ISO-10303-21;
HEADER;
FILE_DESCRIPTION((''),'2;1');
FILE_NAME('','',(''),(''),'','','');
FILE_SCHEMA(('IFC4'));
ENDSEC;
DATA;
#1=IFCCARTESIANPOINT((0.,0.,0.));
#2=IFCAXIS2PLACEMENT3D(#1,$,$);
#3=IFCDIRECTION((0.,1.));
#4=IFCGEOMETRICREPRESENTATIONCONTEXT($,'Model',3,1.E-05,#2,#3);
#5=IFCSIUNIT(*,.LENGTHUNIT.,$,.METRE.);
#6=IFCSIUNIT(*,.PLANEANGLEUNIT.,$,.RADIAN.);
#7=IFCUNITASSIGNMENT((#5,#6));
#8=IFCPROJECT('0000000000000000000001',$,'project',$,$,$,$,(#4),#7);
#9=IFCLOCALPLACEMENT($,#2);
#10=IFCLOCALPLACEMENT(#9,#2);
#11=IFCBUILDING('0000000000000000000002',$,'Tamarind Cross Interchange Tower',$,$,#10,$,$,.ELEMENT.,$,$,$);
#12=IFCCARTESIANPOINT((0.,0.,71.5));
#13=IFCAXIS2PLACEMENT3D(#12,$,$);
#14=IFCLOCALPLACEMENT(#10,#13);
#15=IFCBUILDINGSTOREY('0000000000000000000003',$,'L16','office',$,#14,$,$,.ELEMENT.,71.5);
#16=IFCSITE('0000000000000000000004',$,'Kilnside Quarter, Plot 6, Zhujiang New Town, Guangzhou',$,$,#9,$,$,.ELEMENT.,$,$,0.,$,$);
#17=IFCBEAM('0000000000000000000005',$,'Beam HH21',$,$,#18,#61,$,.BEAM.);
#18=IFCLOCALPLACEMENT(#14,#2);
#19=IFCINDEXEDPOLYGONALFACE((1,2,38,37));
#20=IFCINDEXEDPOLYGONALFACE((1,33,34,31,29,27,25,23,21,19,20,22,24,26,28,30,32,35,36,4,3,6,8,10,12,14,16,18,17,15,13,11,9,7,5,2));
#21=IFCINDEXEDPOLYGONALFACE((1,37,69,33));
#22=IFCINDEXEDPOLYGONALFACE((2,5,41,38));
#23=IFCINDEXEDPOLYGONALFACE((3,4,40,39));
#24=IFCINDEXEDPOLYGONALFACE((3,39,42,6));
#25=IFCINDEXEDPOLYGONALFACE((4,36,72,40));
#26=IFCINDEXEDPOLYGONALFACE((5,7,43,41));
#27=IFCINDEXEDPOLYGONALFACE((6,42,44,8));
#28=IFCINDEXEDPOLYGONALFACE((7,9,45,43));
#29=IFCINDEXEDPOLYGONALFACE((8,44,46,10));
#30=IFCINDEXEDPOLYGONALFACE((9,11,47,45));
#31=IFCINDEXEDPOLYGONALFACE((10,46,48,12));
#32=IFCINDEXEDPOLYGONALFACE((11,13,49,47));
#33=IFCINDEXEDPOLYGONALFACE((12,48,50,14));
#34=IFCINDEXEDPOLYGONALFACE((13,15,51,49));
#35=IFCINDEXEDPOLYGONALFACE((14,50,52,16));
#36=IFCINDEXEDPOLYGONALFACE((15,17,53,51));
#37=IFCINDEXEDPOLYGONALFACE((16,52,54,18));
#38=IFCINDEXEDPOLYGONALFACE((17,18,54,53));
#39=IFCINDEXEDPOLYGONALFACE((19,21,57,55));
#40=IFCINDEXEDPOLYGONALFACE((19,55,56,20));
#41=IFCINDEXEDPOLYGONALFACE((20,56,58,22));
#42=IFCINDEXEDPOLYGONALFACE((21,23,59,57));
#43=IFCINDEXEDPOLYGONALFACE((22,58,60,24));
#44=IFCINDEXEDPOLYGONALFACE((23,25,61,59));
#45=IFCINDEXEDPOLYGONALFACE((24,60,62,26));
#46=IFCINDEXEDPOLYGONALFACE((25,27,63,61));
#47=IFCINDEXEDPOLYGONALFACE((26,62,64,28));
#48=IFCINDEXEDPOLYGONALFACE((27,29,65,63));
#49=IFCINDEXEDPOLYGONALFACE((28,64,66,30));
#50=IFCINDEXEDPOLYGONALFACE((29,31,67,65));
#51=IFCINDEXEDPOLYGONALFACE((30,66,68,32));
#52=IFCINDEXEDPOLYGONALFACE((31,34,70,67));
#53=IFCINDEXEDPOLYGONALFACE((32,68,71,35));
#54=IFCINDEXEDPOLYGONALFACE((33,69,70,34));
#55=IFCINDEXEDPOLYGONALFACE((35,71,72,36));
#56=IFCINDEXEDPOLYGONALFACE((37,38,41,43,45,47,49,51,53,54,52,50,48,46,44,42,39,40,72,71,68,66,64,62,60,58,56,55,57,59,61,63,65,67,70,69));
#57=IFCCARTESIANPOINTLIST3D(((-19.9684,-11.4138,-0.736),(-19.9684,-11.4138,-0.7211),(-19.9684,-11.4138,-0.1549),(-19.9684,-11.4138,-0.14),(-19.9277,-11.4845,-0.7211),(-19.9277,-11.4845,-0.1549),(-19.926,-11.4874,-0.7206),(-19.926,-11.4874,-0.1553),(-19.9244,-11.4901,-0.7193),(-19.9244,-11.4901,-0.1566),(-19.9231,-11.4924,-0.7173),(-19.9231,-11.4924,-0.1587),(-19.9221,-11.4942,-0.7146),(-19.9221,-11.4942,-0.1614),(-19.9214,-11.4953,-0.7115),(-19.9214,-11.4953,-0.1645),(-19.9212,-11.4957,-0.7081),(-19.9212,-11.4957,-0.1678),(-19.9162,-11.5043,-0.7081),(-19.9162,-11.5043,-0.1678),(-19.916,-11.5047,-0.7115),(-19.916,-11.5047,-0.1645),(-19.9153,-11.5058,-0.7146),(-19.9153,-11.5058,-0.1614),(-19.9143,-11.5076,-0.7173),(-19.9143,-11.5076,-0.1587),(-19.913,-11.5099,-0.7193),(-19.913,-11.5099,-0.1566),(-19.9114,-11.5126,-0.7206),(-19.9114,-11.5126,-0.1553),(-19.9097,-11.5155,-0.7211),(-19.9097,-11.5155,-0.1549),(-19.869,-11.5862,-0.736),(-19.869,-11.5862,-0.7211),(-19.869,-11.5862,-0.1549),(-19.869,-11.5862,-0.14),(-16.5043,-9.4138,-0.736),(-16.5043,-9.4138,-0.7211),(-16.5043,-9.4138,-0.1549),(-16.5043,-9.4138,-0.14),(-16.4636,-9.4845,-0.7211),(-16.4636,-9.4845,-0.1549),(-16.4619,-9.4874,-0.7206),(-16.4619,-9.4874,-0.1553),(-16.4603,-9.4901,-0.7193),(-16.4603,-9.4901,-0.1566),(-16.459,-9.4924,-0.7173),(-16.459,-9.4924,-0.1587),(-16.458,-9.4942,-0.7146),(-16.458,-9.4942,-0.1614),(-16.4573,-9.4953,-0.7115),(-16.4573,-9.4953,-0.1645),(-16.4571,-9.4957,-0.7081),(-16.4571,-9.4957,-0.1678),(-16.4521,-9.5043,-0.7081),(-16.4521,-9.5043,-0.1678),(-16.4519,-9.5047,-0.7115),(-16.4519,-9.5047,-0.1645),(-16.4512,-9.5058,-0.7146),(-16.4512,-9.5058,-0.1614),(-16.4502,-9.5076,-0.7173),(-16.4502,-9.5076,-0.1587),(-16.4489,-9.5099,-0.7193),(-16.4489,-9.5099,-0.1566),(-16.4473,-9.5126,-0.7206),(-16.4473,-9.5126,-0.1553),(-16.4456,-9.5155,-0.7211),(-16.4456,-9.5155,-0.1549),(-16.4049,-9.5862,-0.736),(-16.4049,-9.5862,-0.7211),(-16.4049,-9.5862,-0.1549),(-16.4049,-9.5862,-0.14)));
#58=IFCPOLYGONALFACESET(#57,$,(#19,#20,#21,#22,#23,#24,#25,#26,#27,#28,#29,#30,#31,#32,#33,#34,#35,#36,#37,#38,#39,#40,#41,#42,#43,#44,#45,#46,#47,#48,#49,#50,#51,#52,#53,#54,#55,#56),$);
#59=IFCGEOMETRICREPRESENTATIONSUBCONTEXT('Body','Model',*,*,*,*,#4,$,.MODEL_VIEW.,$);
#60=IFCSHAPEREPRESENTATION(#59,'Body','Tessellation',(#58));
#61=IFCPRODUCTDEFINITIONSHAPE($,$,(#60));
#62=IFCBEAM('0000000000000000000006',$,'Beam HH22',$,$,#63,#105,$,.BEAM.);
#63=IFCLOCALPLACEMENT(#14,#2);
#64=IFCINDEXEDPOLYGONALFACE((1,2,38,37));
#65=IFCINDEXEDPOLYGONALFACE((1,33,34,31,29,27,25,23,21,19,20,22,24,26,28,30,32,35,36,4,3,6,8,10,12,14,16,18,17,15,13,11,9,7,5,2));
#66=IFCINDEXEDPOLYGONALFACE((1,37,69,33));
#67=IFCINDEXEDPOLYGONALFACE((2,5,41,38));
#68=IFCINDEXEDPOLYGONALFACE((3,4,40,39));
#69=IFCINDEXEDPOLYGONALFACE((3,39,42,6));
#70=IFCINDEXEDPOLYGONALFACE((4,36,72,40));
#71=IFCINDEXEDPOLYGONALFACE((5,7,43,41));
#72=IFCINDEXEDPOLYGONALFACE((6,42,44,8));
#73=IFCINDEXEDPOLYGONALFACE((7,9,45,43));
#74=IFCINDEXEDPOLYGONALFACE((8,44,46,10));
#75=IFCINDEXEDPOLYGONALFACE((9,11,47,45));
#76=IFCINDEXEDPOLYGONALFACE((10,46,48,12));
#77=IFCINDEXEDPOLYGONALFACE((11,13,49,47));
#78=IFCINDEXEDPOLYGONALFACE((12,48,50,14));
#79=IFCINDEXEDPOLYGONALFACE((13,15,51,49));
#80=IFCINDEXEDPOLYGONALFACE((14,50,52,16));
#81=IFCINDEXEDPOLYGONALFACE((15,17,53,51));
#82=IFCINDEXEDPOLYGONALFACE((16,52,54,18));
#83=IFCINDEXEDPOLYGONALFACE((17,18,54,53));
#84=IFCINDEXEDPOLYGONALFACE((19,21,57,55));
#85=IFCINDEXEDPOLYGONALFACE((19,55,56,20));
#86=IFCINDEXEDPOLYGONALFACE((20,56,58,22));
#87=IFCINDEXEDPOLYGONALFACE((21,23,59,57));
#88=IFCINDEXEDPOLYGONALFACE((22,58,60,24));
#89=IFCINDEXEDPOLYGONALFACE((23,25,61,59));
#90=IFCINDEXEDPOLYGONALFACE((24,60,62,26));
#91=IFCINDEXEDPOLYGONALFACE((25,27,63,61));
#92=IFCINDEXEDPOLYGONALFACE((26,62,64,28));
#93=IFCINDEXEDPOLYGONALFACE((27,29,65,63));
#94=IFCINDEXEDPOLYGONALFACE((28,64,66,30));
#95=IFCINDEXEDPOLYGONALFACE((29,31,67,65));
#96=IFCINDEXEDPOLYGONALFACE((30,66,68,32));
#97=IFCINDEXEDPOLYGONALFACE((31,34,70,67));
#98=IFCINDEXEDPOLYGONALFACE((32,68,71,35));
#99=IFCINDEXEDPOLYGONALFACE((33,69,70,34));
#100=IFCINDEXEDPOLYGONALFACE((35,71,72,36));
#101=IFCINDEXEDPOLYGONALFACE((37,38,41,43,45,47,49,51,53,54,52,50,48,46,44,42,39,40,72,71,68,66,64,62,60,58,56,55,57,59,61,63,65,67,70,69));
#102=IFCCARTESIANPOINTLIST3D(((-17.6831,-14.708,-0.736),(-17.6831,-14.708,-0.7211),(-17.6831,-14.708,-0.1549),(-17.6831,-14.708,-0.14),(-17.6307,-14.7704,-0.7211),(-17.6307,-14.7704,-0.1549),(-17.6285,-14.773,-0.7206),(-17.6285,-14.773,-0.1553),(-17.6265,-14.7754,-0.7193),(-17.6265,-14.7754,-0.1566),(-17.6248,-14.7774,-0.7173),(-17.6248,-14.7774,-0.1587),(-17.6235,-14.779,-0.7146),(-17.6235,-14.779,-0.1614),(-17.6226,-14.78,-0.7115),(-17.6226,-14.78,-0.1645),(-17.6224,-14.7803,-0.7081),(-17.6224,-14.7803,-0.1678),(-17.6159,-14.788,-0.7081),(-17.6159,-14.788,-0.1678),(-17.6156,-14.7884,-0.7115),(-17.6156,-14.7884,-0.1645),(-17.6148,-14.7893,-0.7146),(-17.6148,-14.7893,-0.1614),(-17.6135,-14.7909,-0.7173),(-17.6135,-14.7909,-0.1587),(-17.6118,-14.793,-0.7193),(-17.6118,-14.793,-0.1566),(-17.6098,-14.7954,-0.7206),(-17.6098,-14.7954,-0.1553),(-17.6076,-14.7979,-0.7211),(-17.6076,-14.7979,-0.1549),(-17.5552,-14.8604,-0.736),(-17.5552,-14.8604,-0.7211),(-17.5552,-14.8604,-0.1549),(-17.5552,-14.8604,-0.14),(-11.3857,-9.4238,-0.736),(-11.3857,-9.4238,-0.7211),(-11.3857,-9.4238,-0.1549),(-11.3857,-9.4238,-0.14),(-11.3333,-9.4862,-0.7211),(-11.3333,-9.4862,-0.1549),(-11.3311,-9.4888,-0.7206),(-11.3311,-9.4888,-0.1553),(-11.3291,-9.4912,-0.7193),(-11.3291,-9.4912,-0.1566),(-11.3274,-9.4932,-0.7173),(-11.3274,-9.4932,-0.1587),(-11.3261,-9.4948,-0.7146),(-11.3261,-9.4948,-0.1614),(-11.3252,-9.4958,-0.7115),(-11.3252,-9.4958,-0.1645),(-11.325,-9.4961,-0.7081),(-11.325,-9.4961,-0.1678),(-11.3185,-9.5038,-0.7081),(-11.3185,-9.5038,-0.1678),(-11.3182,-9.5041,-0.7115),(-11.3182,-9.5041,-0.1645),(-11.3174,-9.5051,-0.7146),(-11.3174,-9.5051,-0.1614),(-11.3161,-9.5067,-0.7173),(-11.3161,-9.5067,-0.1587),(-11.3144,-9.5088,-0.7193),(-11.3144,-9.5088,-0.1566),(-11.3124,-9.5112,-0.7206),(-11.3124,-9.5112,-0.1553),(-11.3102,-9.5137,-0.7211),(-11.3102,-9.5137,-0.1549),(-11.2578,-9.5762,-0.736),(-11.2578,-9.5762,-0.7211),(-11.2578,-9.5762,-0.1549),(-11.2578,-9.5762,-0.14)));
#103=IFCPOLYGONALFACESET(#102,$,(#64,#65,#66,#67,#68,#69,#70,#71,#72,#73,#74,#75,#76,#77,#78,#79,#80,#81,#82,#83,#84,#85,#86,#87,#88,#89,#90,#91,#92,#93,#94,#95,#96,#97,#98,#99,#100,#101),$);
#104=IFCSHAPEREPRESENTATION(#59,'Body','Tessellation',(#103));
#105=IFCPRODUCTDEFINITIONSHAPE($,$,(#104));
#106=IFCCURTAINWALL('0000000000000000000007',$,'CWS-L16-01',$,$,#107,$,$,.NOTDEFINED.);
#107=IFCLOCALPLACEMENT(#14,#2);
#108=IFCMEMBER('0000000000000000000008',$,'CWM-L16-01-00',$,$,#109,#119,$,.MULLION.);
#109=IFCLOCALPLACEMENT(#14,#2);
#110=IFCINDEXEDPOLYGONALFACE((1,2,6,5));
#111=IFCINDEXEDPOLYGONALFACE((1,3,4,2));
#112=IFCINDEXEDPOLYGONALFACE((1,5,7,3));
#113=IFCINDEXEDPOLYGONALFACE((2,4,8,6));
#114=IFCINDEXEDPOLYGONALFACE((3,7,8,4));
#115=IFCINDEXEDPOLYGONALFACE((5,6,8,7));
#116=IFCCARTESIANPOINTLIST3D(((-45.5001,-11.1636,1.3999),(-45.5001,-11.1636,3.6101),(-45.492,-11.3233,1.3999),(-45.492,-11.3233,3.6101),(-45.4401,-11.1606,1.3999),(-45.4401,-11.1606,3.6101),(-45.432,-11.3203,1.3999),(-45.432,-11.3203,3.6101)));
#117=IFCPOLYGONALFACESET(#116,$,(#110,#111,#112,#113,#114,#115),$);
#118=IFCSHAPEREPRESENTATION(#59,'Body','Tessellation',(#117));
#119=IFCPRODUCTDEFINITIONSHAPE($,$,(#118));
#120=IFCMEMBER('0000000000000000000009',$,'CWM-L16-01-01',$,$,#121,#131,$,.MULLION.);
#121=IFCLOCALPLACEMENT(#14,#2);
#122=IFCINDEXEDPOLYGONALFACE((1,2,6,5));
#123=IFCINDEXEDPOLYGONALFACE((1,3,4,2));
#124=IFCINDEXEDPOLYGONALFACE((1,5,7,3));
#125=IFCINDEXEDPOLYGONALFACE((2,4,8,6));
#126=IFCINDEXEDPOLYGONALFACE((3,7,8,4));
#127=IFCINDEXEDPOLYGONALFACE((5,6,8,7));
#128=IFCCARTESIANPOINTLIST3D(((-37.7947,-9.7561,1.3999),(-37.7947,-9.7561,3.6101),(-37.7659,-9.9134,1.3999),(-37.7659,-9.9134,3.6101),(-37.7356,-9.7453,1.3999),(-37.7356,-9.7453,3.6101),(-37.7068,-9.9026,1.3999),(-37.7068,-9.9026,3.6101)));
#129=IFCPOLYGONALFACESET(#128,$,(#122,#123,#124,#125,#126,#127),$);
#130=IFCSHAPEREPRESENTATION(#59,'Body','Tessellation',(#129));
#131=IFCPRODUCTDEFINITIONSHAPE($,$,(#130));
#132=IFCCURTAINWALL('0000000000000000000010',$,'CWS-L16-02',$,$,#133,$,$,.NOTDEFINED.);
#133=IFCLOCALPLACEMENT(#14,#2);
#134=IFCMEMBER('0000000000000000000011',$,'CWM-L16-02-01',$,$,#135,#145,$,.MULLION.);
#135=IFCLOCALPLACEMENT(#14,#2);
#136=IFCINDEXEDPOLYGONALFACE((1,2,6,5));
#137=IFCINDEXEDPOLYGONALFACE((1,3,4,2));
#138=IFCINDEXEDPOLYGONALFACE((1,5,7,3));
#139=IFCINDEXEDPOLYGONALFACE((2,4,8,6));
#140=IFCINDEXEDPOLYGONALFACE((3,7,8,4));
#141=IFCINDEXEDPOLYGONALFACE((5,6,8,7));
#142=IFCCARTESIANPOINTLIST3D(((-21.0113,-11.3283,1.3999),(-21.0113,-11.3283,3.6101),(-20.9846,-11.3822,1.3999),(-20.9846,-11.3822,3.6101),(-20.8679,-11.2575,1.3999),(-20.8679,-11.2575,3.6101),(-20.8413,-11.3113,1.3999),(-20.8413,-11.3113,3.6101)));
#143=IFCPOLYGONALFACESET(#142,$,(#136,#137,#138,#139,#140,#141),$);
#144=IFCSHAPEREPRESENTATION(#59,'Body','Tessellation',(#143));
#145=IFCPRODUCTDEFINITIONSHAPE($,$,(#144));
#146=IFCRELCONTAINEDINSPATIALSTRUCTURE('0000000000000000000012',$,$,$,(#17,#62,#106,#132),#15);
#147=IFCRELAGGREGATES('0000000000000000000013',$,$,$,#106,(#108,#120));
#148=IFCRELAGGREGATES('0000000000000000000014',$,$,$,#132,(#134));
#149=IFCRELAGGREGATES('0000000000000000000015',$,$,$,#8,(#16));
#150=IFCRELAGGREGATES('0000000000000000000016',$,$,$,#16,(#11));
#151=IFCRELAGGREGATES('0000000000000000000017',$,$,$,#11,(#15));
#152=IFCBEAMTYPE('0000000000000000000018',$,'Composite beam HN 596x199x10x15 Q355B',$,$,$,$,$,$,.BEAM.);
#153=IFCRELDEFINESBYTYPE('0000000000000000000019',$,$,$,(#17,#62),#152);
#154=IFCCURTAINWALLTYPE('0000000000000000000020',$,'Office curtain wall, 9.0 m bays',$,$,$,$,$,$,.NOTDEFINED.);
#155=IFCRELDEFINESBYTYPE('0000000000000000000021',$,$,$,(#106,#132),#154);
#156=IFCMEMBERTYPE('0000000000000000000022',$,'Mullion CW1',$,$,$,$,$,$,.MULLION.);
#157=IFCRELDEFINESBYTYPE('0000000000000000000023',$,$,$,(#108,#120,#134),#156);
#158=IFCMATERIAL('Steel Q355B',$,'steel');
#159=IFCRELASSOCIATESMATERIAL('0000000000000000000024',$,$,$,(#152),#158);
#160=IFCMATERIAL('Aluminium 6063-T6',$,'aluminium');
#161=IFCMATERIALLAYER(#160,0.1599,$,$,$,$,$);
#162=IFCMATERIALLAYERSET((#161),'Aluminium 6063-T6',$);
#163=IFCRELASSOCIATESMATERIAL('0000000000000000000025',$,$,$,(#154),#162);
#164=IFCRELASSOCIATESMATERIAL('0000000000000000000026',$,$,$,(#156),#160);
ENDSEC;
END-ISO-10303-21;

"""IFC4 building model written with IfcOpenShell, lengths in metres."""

from ifc_helpers import new_model, si_unit, direction, frame, origin, origin_2d, place, context, subcontext, project, spatial, rectangle, i_section, extrude, material, layer, layer_set, material_profile, profile_set, type_object, element, aggregate, save


model = new_model("IFC4")

# Units and contexts
model_context = context("Model", 3, precision=1e-05, world=origin(), true_north=direction((0.0, 1.0)))
body_context = subcontext(model_context, "Body", "Model", "MODEL_VIEW")
ifc_project = project(units=[si_unit("LENGTHUNIT", "METRE"), si_unit("PLANEANGLEUNIT", "RADIAN")], contexts=[model_context])

# Site, building, storey
site_placement = place(None, origin())
site = spatial("IfcSite", under=ifc_project, at=site_placement, Name="Kilnside Quarter, Plot 6, Zhujiang New Town, Guangzhou", CompositionType="ELEMENT", RefElevation=0.0)
building_placement = place(site_placement, origin())
building = spatial("IfcBuilding", under=site, at=building_placement, Name="Tamarind Cross Interchange Tower", CompositionType="ELEMENT")
storey_placement = place(building_placement, frame((0.0, 0.0, 71.5)))
storey = spatial("IfcBuildingStorey", under=building, at=storey_placement, Name="L16", Description="office", CompositionType="ELEMENT", Elevation=71.5)

# Beams
ifc_material_1 = material(Name="Steel Q355B", Category="steel")
ifc_material_profile_1 = material_profile(ifc_material_1, i_section(OverallWidth=0.199, OverallDepth=0.5959, WebThickness=0.01, FlangeThickness=0.0149, FilletRadius=0.0129, at=origin_2d()), Name="HN 596x199x10x15")
ifc_profile_set_1 = profile_set([ifc_material_profile_1], Name="Steel Q355B")
beam_type_1 = type_object("IfcBeamType", Name="Composite beam HN 596x199x10x15 Q355B", PredefinedType="BEAM", material=ifc_profile_set_1)
beam_1_placement = place(storey_placement, frame((-19.9187, -11.5, -0.438), z_axis=(0.866026, 0.499999, 0.0), x_axis=(-0.499999, 0.866026, 0.0)))
element("IfcBeam", 1, at=beam_1_placement, inside=storey, type_object=beam_type_1, Name="Beam HH21", PredefinedType="BEAM", context=body_context, shape_type="SweptSolid", body=[
    extrude(i_section(OverallWidth=0.199, OverallDepth=0.5959, WebThickness=0.01, FlangeThickness=0.0149, FilletRadius=0.0129, at=origin_2d()), origin(), (0.0, 0.0, 1.0), 4.0),
])
beam_2_placement = place(storey_placement, frame((-17.6191, -14.7842, -0.438), z_axis=(0.766041, 0.642792, 0.0), x_axis=(-0.642792, 0.766041, 0.0)))
element("IfcBeam", 2, at=beam_2_placement, inside=storey, type_object=beam_type_1, Name="Beam HH22", PredefinedType="BEAM", context=body_context, shape_type="SweptSolid", body=[
    extrude(i_section(OverallWidth=0.199, OverallDepth=0.5959, WebThickness=0.01, FlangeThickness=0.0149, FilletRadius=0.0129, at=origin_2d()), origin(), (0.0, 0.0, 1.0), 8.2207),
])

# Curtain wall, members
ifc_material_2 = material(Name="Aluminium 6063-T6", Category="aluminium")
ifc_layer_1 = layer(ifc_material_2, 0.1599)
ifc_layer_set_1 = layer_set([ifc_layer_1], Name="Aluminium 6063-T6")
curtain_wall_type = type_object("IfcCurtainWallType", Name="Office curtain wall, 9.0 m bays", PredefinedType="NOTDEFINED", material=ifc_layer_set_1)
curtain_wall_1_placement = place(storey_placement, origin())
curtain_wall_1 = element("IfcCurtainWall", 3, at=curtain_wall_1_placement, inside=storey, type_object=curtain_wall_type, Name="CWS-L16-01", PredefinedType="NOTDEFINED")
ifc_material_profile_2 = material_profile(ifc_material_2, rectangle(XDim=0.0601, YDim=0.1599, at=origin_2d()), Name="Mullion CW1")
ifc_profile_set_2 = profile_set([ifc_material_profile_2], Name="Aluminium 6063-T6")
member_type = type_object("IfcMemberType", Name="Mullion CW1", PredefinedType="MULLION", material=ifc_profile_set_2)
member_1_placement = place(storey_placement, frame((-45.4661, -11.2419, 1.3999), z_axis=(0.0, 0.0, 1.0), x_axis=(0.998709, 0.050791, 0.0)))
member_1 = element("IfcMember", 4, at=member_1_placement, type_object=member_type, Name="CWM-L16-01-00", PredefinedType="MULLION", context=body_context, shape_type="SweptSolid", body=[
    extrude(rectangle(XDim=0.0601, YDim=0.1599, at=origin_2d()), origin(), (0.0, 0.0, 1.0), 2.2102),
])
member_2_placement = place(storey_placement, frame((-37.7507, -9.8293, 1.3999), z_axis=(0.0, 0.0, 1.0), x_axis=(0.983651, 0.180086, 0.0)))
member_2 = element("IfcMember", 5, at=member_2_placement, type_object=member_type, Name="CWM-L16-01-01", PredefinedType="MULLION", context=body_context, shape_type="SweptSolid", body=[
    extrude(rectangle(XDim=0.0601, YDim=0.1599, at=origin_2d()), origin(), (0.0, 0.0, 1.0), 2.2102),
])
aggregate(curtain_wall_1, [member_1, member_2])

# Curtain wall, member
curtain_wall_2_placement = place(storey_placement, origin())
curtain_wall_2 = element("IfcCurtainWall", 6, at=curtain_wall_2_placement, inside=storey, type_object=curtain_wall_type, Name="CWS-L16-02", PredefinedType="NOTDEFINED")
member_3_placement = place(storey_placement, frame((-20.9263, -11.3198, 1.3999), z_axis=(0.0, 0.0, 1.0), x_axis=(0.443059, -0.896493, 0.0)))
member_3 = element("IfcMember", 7, at=member_3_placement, type_object=member_type, Name="CWM-L16-02-01", PredefinedType="MULLION", context=body_context, shape_type="SweptSolid", body=[
    extrude(rectangle(XDim=0.0601, YDim=0.1599, at=origin_2d()), origin(), (0.0, 0.0, 1.0), 2.2102),
])
aggregate(curtain_wall_2, [member_3])

save(model, "model.ifc")
